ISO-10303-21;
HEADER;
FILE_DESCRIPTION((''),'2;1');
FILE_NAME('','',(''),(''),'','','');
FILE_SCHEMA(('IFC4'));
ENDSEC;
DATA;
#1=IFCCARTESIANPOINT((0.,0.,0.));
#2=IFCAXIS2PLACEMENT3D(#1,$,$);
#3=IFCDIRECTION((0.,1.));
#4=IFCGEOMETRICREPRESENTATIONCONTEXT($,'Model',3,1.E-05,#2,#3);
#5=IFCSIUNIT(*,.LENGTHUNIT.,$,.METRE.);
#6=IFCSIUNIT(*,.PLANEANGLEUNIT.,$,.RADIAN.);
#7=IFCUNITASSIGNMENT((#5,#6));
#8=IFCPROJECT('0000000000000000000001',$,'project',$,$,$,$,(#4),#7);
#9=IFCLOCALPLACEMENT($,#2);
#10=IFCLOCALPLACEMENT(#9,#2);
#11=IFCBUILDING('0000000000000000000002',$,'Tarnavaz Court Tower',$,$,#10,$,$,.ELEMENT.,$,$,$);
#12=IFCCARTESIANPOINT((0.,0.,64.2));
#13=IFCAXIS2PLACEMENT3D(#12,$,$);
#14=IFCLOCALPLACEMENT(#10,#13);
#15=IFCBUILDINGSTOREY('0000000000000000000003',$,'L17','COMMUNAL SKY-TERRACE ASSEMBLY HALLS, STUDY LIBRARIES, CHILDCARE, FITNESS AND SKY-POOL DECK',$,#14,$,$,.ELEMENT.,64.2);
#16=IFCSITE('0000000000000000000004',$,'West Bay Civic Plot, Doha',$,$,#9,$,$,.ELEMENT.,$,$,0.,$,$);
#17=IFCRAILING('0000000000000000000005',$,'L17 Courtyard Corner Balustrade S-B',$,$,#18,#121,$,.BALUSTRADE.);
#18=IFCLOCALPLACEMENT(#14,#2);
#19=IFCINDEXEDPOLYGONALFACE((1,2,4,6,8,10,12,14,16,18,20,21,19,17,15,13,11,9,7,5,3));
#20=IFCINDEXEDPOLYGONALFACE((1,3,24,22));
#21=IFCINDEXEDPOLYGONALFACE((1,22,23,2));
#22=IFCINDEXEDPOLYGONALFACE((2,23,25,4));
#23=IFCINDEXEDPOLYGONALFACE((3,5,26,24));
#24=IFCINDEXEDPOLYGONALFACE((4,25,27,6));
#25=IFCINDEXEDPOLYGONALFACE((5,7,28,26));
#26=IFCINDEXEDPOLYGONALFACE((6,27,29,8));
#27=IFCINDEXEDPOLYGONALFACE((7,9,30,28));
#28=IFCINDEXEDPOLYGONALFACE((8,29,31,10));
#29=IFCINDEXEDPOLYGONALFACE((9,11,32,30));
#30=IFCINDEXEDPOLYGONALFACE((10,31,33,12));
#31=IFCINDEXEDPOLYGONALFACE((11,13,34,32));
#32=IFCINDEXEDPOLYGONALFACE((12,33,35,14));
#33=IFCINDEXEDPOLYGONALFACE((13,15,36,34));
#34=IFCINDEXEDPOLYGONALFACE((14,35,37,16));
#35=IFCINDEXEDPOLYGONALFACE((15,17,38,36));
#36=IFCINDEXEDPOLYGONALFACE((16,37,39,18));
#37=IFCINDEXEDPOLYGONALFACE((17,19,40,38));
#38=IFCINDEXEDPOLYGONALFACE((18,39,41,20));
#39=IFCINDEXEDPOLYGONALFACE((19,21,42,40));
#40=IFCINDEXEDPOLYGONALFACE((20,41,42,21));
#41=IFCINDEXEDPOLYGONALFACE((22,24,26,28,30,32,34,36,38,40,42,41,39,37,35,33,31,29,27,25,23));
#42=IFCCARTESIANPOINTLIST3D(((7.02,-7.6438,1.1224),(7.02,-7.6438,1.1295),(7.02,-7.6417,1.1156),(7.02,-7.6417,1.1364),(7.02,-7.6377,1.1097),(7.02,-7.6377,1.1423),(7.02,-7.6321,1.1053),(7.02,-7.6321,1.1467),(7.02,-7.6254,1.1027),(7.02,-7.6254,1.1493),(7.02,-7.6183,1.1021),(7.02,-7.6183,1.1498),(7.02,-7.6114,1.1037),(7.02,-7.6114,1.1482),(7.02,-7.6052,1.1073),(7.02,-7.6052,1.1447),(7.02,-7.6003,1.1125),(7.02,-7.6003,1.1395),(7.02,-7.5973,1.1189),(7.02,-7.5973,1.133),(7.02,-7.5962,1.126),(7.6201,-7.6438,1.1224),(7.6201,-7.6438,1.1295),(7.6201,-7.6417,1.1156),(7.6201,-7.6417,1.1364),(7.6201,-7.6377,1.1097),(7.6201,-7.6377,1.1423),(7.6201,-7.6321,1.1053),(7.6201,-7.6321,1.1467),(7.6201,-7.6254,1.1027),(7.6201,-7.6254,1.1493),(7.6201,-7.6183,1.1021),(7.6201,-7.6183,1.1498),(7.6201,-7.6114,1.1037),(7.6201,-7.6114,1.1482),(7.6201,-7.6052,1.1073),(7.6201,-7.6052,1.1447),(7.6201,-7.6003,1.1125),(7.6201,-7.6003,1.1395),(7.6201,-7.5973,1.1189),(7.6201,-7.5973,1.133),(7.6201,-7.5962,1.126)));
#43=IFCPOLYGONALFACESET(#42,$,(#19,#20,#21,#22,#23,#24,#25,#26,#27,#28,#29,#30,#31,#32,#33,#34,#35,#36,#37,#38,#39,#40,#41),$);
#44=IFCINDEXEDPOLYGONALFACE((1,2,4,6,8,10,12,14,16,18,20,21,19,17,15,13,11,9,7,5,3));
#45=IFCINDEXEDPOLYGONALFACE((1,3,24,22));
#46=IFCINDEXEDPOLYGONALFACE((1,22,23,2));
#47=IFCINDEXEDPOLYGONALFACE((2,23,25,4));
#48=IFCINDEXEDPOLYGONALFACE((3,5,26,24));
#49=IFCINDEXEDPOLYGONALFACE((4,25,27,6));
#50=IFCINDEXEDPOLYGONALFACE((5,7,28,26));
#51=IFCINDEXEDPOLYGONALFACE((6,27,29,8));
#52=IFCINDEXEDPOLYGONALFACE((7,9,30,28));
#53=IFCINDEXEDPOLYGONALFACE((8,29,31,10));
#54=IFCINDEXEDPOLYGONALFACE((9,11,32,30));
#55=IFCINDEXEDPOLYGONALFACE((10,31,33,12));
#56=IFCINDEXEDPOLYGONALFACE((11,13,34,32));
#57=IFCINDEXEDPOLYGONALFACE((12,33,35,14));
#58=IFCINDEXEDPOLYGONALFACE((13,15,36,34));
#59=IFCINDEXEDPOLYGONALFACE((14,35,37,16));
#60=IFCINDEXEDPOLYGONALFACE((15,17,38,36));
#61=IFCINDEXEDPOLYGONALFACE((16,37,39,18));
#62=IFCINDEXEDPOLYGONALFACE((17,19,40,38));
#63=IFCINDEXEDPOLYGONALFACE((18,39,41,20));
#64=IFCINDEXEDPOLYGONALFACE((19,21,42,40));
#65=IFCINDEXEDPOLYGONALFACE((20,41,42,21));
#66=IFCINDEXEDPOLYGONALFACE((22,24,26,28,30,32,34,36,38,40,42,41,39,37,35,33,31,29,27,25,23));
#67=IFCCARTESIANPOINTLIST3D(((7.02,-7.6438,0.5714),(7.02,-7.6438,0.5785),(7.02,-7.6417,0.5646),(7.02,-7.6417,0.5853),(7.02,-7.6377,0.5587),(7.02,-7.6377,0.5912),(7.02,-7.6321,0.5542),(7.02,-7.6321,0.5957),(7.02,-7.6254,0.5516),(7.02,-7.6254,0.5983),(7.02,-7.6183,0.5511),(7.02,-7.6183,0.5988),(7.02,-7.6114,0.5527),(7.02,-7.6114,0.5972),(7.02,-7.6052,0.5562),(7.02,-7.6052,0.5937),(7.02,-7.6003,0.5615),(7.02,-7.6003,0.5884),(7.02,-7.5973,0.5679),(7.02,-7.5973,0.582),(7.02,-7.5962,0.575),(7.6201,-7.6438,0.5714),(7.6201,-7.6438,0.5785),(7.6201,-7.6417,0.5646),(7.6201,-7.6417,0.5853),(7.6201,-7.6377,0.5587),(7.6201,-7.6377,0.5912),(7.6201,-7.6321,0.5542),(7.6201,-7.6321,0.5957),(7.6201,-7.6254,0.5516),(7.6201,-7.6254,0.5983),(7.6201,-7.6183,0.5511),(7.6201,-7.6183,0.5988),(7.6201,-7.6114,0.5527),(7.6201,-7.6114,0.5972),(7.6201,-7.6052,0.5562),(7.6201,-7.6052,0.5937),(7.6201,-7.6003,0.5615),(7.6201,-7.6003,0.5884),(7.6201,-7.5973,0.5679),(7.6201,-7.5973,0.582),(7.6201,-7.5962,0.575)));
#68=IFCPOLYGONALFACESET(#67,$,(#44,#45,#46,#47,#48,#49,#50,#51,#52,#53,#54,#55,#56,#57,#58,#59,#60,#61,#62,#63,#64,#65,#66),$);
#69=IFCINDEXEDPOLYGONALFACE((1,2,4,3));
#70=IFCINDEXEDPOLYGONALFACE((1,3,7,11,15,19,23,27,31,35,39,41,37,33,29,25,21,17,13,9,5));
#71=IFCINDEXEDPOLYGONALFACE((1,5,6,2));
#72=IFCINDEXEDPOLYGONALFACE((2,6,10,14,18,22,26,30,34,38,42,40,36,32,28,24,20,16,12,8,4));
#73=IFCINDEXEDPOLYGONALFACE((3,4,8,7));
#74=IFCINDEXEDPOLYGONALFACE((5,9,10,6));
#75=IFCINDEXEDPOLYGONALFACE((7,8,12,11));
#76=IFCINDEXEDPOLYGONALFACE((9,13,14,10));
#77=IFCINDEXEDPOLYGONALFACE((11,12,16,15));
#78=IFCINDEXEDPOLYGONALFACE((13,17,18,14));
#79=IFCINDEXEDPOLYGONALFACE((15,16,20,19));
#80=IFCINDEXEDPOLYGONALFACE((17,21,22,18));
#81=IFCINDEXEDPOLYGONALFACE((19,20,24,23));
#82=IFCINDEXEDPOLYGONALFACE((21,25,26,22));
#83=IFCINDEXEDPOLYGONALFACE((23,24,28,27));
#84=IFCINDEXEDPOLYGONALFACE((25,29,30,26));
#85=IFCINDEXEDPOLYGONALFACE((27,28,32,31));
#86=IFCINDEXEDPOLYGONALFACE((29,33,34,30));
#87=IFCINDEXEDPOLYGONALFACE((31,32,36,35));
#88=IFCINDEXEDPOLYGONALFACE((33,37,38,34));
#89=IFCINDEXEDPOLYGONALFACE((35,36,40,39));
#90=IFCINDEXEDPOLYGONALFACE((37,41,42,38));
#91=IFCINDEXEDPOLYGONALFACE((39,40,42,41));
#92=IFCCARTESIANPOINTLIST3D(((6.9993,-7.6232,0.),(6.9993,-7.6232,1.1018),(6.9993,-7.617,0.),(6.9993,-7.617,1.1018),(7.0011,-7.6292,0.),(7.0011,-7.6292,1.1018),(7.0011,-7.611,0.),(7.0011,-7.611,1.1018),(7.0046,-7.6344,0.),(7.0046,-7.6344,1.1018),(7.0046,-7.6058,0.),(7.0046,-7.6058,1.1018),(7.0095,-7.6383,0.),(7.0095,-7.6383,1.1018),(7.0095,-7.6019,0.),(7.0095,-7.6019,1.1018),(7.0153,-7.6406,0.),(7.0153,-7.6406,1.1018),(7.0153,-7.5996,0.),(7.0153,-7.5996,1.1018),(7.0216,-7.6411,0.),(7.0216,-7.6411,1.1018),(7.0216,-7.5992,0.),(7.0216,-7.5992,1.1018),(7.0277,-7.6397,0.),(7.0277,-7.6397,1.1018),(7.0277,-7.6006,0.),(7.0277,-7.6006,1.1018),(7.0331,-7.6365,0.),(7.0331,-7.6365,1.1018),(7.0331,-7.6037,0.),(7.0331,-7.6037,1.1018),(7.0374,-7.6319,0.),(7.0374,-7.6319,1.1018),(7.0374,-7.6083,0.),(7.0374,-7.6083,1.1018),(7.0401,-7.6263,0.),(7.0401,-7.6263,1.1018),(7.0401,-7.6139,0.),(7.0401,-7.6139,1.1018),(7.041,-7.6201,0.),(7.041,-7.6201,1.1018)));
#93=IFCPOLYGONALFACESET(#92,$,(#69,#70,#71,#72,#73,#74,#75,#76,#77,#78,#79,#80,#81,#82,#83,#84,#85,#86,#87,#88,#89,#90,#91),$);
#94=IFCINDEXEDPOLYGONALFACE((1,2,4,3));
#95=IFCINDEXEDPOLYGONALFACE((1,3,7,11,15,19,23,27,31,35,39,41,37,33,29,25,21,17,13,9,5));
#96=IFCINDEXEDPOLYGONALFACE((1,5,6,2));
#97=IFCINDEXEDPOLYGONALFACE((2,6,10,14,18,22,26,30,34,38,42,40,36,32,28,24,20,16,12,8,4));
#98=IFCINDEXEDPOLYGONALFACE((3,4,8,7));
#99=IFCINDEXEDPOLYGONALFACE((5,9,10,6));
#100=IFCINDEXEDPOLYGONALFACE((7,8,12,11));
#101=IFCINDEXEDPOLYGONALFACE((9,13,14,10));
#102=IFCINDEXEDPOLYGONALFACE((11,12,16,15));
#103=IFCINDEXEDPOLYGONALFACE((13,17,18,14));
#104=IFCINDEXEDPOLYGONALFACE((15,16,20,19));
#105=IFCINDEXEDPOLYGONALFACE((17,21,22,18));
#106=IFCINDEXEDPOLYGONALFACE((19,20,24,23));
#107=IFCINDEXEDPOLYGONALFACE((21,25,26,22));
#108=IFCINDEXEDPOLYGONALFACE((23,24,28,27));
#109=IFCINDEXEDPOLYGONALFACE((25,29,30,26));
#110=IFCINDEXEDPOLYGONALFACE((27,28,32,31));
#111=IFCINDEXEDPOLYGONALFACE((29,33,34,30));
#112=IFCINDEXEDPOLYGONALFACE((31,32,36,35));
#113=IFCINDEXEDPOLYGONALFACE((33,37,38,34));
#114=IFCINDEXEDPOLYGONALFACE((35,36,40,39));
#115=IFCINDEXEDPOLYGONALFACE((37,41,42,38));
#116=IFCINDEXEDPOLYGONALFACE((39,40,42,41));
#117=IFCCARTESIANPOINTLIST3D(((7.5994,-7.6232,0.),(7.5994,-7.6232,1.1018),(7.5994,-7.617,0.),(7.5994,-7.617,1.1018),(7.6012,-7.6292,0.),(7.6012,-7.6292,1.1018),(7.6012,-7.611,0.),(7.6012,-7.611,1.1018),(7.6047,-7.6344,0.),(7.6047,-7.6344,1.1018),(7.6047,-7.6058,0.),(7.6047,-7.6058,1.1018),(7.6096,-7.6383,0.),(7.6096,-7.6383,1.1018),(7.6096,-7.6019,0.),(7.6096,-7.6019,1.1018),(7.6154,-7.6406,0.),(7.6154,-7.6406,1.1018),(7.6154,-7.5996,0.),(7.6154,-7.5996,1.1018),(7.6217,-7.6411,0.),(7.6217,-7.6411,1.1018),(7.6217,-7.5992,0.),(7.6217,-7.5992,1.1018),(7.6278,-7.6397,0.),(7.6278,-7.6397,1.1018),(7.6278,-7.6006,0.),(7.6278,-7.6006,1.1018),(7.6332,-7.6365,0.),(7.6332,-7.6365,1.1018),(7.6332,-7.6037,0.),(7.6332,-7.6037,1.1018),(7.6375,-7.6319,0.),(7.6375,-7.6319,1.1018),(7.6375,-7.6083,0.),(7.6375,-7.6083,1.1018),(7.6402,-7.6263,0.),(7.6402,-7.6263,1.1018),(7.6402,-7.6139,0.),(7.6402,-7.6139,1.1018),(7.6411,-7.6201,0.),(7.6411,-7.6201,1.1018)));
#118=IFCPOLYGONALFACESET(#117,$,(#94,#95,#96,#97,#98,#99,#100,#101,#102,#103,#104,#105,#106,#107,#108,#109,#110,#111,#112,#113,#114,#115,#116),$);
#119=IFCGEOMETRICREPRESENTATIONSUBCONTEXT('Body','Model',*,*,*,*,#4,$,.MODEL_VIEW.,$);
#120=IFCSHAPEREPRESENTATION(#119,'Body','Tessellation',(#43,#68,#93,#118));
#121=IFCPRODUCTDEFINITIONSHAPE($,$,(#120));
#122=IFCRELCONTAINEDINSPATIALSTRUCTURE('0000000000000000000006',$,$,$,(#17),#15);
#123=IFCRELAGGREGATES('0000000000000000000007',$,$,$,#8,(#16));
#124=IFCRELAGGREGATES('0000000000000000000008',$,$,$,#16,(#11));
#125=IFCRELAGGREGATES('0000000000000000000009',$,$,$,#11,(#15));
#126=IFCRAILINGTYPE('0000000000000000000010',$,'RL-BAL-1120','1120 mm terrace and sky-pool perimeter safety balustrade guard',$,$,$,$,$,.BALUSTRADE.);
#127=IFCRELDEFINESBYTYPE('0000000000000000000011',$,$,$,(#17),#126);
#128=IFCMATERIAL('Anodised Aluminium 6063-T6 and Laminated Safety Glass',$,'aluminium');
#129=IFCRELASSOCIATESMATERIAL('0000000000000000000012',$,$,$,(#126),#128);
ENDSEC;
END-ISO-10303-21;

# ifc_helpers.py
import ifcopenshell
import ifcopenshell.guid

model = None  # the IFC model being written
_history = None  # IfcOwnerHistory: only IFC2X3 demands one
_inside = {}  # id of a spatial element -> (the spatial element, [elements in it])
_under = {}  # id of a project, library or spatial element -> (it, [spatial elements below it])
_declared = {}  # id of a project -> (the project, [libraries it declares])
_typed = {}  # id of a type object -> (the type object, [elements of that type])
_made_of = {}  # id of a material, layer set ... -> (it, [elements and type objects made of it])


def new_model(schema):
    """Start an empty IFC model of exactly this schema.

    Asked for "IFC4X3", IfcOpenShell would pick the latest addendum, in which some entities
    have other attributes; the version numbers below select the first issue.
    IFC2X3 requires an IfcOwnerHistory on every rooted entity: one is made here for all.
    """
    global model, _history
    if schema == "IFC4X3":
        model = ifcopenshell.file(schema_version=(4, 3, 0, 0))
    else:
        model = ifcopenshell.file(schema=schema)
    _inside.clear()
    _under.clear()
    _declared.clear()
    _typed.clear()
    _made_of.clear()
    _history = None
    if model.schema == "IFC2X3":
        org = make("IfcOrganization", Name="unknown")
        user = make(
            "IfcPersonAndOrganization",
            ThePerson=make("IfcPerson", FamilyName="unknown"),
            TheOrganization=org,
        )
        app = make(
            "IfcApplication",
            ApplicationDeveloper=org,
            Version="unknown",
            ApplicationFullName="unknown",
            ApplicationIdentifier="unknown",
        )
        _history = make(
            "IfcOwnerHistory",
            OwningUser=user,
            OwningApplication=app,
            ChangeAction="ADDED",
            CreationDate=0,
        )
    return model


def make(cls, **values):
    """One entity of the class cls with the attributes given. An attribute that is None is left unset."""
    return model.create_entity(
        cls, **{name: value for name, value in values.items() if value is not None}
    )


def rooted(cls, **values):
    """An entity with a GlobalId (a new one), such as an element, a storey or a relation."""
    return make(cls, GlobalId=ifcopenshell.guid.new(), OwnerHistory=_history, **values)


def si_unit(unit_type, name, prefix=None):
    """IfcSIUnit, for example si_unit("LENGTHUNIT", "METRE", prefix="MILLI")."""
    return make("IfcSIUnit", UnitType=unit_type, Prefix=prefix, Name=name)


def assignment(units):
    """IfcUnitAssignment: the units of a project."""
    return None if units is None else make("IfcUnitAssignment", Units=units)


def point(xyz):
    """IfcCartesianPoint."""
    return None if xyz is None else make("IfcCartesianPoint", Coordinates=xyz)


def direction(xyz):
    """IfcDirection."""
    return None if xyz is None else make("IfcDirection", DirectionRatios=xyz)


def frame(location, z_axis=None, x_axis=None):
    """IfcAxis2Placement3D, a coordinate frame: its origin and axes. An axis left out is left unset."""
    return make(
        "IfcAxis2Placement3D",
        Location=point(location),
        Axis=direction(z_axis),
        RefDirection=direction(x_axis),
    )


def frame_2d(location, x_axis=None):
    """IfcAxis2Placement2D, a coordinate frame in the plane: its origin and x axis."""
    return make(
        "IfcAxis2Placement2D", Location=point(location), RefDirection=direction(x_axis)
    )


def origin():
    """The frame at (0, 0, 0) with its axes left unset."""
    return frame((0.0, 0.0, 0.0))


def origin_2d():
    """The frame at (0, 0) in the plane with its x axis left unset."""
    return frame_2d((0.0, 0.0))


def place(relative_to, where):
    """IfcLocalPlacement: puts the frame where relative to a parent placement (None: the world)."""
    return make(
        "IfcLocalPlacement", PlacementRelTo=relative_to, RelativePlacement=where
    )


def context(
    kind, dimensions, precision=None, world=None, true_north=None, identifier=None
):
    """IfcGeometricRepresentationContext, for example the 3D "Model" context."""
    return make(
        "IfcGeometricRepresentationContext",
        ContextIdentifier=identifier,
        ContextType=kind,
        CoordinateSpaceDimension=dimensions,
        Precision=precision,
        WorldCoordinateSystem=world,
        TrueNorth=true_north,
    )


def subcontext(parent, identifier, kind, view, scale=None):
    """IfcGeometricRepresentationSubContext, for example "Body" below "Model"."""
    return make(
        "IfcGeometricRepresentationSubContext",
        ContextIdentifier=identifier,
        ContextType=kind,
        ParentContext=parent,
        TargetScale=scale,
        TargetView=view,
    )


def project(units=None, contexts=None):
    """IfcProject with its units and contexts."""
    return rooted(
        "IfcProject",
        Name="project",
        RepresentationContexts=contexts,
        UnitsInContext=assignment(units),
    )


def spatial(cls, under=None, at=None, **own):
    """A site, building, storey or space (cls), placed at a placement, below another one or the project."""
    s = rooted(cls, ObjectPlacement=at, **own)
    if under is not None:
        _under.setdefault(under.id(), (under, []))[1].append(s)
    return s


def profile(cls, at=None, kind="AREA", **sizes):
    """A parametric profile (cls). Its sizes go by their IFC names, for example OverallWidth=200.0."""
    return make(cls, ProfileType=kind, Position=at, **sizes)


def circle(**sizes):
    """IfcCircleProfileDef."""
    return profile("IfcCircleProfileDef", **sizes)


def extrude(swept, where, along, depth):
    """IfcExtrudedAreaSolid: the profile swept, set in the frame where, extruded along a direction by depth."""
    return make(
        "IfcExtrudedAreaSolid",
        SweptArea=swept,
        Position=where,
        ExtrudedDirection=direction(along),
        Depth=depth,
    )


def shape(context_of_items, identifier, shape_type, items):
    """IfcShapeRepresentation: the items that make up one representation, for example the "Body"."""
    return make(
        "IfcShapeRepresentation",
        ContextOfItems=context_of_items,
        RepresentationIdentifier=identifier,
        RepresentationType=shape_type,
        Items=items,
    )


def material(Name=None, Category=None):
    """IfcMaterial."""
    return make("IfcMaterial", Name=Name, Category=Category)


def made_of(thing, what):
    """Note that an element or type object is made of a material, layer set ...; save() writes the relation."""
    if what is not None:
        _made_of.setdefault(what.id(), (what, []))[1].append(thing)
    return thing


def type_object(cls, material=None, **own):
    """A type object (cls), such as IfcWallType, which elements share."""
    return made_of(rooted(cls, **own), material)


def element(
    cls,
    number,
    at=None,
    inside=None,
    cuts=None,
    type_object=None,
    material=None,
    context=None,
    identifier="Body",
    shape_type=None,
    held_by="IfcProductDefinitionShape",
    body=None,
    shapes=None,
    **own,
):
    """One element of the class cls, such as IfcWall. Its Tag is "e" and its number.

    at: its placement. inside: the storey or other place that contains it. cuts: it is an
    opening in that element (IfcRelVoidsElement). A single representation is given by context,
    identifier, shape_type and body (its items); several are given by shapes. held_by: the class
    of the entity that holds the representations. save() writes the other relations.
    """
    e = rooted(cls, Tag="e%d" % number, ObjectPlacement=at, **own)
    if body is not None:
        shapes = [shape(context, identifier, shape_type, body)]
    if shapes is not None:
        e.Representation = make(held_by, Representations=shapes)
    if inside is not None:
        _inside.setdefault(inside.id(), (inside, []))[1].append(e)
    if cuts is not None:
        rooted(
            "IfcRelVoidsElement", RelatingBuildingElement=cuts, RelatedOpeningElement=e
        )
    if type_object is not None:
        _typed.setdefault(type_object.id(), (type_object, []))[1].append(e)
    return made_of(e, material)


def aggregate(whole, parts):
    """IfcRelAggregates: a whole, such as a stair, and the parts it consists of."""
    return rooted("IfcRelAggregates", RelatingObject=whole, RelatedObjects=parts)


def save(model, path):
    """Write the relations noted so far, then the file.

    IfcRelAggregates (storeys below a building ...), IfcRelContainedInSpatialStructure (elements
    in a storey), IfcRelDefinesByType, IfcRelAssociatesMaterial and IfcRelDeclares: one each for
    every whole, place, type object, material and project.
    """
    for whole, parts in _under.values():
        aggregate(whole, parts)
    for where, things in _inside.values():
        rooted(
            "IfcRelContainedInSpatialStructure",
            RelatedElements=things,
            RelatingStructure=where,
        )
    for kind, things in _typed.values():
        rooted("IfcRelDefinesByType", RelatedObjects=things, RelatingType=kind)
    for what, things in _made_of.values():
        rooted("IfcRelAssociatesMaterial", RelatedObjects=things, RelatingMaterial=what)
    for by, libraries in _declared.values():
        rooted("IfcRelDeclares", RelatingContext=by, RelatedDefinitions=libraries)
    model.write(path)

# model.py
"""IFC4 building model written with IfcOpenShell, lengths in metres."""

from ifc_helpers import new_model, si_unit, direction, frame, origin, origin_2d, place, context, subcontext, project, spatial, circle, extrude, material, type_object, element, save


model = new_model("IFC4")

# Units and contexts
model_context = context("Model", 3, precision=1e-05, world=origin(), true_north=direction((0.0, 1.0)))
body_context = subcontext(model_context, "Body", "Model", "MODEL_VIEW")
ifc_project = project(units=[si_unit("LENGTHUNIT", "METRE"), si_unit("PLANEANGLEUNIT", "RADIAN")], contexts=[model_context])

# Site, building, storey
site_placement = place(None, origin())
site = spatial("IfcSite", under=ifc_project, at=site_placement, Name="West Bay Civic Plot, Doha", CompositionType="ELEMENT", RefElevation=0.0)
building_placement = place(site_placement, origin())
building = spatial("IfcBuilding", under=site, at=building_placement, Name="Tarnavaz Court Tower", CompositionType="ELEMENT")
storey_placement = place(building_placement, frame((0.0, 0.0, 64.2)))
storey = spatial("IfcBuildingStorey", under=building, at=storey_placement, Name="L17", Description="COMMUNAL SKY-TERRACE ASSEMBLY HALLS, STUDY LIBRARIES, CHILDCARE, FITNESS AND SKY-POOL DECK", CompositionType="ELEMENT", Elevation=64.2)

# Railing
ifc_material_1 = material(Name="Anodised Aluminium 6063-T6 and Laminated Safety Glass", Category="aluminium")
railing_type = type_object("IfcRailingType", Name="RL-BAL-1120", Description="1120 mm terrace and sky-pool perimeter safety balustrade guard", PredefinedType="BALUSTRADE", material=ifc_material_1)
railing_placement = place(storey_placement, frame((7.02, -7.6201, 0.0)))
element("IfcRailing", 1, at=railing_placement, inside=storey, type_object=railing_type, Name="L17 Courtyard Corner Balustrade S-B", PredefinedType="BALUSTRADE", context=body_context, shape_type="SweptSolid", body=[
    extrude(circle(Radius=0.0239, at=origin_2d()), frame((0.0, 0.0, 1.126), z_axis=(1.0, 0.0, 0.0), x_axis=(0.0, 1.0, 0.0)), (0.0, 0.0, 1.0), 0.6001),
    extrude(circle(Radius=0.0239, at=origin_2d()), frame((0.0, 0.0, 0.575), z_axis=(1.0, 0.0, 0.0), x_axis=(0.0, 1.0, 0.0)), (0.0, 0.0, 1.0), 0.6001),
    extrude(circle(Radius=0.021, at=origin_2d()), origin(), (0.0, 0.0, 1.0), 1.1018),
    extrude(circle(Radius=0.021, at=origin_2d()), frame((0.6001, 0.0, 0.0)), (0.0, 0.0, 1.0), 1.1018),
])

save(model, "model.ifc")
